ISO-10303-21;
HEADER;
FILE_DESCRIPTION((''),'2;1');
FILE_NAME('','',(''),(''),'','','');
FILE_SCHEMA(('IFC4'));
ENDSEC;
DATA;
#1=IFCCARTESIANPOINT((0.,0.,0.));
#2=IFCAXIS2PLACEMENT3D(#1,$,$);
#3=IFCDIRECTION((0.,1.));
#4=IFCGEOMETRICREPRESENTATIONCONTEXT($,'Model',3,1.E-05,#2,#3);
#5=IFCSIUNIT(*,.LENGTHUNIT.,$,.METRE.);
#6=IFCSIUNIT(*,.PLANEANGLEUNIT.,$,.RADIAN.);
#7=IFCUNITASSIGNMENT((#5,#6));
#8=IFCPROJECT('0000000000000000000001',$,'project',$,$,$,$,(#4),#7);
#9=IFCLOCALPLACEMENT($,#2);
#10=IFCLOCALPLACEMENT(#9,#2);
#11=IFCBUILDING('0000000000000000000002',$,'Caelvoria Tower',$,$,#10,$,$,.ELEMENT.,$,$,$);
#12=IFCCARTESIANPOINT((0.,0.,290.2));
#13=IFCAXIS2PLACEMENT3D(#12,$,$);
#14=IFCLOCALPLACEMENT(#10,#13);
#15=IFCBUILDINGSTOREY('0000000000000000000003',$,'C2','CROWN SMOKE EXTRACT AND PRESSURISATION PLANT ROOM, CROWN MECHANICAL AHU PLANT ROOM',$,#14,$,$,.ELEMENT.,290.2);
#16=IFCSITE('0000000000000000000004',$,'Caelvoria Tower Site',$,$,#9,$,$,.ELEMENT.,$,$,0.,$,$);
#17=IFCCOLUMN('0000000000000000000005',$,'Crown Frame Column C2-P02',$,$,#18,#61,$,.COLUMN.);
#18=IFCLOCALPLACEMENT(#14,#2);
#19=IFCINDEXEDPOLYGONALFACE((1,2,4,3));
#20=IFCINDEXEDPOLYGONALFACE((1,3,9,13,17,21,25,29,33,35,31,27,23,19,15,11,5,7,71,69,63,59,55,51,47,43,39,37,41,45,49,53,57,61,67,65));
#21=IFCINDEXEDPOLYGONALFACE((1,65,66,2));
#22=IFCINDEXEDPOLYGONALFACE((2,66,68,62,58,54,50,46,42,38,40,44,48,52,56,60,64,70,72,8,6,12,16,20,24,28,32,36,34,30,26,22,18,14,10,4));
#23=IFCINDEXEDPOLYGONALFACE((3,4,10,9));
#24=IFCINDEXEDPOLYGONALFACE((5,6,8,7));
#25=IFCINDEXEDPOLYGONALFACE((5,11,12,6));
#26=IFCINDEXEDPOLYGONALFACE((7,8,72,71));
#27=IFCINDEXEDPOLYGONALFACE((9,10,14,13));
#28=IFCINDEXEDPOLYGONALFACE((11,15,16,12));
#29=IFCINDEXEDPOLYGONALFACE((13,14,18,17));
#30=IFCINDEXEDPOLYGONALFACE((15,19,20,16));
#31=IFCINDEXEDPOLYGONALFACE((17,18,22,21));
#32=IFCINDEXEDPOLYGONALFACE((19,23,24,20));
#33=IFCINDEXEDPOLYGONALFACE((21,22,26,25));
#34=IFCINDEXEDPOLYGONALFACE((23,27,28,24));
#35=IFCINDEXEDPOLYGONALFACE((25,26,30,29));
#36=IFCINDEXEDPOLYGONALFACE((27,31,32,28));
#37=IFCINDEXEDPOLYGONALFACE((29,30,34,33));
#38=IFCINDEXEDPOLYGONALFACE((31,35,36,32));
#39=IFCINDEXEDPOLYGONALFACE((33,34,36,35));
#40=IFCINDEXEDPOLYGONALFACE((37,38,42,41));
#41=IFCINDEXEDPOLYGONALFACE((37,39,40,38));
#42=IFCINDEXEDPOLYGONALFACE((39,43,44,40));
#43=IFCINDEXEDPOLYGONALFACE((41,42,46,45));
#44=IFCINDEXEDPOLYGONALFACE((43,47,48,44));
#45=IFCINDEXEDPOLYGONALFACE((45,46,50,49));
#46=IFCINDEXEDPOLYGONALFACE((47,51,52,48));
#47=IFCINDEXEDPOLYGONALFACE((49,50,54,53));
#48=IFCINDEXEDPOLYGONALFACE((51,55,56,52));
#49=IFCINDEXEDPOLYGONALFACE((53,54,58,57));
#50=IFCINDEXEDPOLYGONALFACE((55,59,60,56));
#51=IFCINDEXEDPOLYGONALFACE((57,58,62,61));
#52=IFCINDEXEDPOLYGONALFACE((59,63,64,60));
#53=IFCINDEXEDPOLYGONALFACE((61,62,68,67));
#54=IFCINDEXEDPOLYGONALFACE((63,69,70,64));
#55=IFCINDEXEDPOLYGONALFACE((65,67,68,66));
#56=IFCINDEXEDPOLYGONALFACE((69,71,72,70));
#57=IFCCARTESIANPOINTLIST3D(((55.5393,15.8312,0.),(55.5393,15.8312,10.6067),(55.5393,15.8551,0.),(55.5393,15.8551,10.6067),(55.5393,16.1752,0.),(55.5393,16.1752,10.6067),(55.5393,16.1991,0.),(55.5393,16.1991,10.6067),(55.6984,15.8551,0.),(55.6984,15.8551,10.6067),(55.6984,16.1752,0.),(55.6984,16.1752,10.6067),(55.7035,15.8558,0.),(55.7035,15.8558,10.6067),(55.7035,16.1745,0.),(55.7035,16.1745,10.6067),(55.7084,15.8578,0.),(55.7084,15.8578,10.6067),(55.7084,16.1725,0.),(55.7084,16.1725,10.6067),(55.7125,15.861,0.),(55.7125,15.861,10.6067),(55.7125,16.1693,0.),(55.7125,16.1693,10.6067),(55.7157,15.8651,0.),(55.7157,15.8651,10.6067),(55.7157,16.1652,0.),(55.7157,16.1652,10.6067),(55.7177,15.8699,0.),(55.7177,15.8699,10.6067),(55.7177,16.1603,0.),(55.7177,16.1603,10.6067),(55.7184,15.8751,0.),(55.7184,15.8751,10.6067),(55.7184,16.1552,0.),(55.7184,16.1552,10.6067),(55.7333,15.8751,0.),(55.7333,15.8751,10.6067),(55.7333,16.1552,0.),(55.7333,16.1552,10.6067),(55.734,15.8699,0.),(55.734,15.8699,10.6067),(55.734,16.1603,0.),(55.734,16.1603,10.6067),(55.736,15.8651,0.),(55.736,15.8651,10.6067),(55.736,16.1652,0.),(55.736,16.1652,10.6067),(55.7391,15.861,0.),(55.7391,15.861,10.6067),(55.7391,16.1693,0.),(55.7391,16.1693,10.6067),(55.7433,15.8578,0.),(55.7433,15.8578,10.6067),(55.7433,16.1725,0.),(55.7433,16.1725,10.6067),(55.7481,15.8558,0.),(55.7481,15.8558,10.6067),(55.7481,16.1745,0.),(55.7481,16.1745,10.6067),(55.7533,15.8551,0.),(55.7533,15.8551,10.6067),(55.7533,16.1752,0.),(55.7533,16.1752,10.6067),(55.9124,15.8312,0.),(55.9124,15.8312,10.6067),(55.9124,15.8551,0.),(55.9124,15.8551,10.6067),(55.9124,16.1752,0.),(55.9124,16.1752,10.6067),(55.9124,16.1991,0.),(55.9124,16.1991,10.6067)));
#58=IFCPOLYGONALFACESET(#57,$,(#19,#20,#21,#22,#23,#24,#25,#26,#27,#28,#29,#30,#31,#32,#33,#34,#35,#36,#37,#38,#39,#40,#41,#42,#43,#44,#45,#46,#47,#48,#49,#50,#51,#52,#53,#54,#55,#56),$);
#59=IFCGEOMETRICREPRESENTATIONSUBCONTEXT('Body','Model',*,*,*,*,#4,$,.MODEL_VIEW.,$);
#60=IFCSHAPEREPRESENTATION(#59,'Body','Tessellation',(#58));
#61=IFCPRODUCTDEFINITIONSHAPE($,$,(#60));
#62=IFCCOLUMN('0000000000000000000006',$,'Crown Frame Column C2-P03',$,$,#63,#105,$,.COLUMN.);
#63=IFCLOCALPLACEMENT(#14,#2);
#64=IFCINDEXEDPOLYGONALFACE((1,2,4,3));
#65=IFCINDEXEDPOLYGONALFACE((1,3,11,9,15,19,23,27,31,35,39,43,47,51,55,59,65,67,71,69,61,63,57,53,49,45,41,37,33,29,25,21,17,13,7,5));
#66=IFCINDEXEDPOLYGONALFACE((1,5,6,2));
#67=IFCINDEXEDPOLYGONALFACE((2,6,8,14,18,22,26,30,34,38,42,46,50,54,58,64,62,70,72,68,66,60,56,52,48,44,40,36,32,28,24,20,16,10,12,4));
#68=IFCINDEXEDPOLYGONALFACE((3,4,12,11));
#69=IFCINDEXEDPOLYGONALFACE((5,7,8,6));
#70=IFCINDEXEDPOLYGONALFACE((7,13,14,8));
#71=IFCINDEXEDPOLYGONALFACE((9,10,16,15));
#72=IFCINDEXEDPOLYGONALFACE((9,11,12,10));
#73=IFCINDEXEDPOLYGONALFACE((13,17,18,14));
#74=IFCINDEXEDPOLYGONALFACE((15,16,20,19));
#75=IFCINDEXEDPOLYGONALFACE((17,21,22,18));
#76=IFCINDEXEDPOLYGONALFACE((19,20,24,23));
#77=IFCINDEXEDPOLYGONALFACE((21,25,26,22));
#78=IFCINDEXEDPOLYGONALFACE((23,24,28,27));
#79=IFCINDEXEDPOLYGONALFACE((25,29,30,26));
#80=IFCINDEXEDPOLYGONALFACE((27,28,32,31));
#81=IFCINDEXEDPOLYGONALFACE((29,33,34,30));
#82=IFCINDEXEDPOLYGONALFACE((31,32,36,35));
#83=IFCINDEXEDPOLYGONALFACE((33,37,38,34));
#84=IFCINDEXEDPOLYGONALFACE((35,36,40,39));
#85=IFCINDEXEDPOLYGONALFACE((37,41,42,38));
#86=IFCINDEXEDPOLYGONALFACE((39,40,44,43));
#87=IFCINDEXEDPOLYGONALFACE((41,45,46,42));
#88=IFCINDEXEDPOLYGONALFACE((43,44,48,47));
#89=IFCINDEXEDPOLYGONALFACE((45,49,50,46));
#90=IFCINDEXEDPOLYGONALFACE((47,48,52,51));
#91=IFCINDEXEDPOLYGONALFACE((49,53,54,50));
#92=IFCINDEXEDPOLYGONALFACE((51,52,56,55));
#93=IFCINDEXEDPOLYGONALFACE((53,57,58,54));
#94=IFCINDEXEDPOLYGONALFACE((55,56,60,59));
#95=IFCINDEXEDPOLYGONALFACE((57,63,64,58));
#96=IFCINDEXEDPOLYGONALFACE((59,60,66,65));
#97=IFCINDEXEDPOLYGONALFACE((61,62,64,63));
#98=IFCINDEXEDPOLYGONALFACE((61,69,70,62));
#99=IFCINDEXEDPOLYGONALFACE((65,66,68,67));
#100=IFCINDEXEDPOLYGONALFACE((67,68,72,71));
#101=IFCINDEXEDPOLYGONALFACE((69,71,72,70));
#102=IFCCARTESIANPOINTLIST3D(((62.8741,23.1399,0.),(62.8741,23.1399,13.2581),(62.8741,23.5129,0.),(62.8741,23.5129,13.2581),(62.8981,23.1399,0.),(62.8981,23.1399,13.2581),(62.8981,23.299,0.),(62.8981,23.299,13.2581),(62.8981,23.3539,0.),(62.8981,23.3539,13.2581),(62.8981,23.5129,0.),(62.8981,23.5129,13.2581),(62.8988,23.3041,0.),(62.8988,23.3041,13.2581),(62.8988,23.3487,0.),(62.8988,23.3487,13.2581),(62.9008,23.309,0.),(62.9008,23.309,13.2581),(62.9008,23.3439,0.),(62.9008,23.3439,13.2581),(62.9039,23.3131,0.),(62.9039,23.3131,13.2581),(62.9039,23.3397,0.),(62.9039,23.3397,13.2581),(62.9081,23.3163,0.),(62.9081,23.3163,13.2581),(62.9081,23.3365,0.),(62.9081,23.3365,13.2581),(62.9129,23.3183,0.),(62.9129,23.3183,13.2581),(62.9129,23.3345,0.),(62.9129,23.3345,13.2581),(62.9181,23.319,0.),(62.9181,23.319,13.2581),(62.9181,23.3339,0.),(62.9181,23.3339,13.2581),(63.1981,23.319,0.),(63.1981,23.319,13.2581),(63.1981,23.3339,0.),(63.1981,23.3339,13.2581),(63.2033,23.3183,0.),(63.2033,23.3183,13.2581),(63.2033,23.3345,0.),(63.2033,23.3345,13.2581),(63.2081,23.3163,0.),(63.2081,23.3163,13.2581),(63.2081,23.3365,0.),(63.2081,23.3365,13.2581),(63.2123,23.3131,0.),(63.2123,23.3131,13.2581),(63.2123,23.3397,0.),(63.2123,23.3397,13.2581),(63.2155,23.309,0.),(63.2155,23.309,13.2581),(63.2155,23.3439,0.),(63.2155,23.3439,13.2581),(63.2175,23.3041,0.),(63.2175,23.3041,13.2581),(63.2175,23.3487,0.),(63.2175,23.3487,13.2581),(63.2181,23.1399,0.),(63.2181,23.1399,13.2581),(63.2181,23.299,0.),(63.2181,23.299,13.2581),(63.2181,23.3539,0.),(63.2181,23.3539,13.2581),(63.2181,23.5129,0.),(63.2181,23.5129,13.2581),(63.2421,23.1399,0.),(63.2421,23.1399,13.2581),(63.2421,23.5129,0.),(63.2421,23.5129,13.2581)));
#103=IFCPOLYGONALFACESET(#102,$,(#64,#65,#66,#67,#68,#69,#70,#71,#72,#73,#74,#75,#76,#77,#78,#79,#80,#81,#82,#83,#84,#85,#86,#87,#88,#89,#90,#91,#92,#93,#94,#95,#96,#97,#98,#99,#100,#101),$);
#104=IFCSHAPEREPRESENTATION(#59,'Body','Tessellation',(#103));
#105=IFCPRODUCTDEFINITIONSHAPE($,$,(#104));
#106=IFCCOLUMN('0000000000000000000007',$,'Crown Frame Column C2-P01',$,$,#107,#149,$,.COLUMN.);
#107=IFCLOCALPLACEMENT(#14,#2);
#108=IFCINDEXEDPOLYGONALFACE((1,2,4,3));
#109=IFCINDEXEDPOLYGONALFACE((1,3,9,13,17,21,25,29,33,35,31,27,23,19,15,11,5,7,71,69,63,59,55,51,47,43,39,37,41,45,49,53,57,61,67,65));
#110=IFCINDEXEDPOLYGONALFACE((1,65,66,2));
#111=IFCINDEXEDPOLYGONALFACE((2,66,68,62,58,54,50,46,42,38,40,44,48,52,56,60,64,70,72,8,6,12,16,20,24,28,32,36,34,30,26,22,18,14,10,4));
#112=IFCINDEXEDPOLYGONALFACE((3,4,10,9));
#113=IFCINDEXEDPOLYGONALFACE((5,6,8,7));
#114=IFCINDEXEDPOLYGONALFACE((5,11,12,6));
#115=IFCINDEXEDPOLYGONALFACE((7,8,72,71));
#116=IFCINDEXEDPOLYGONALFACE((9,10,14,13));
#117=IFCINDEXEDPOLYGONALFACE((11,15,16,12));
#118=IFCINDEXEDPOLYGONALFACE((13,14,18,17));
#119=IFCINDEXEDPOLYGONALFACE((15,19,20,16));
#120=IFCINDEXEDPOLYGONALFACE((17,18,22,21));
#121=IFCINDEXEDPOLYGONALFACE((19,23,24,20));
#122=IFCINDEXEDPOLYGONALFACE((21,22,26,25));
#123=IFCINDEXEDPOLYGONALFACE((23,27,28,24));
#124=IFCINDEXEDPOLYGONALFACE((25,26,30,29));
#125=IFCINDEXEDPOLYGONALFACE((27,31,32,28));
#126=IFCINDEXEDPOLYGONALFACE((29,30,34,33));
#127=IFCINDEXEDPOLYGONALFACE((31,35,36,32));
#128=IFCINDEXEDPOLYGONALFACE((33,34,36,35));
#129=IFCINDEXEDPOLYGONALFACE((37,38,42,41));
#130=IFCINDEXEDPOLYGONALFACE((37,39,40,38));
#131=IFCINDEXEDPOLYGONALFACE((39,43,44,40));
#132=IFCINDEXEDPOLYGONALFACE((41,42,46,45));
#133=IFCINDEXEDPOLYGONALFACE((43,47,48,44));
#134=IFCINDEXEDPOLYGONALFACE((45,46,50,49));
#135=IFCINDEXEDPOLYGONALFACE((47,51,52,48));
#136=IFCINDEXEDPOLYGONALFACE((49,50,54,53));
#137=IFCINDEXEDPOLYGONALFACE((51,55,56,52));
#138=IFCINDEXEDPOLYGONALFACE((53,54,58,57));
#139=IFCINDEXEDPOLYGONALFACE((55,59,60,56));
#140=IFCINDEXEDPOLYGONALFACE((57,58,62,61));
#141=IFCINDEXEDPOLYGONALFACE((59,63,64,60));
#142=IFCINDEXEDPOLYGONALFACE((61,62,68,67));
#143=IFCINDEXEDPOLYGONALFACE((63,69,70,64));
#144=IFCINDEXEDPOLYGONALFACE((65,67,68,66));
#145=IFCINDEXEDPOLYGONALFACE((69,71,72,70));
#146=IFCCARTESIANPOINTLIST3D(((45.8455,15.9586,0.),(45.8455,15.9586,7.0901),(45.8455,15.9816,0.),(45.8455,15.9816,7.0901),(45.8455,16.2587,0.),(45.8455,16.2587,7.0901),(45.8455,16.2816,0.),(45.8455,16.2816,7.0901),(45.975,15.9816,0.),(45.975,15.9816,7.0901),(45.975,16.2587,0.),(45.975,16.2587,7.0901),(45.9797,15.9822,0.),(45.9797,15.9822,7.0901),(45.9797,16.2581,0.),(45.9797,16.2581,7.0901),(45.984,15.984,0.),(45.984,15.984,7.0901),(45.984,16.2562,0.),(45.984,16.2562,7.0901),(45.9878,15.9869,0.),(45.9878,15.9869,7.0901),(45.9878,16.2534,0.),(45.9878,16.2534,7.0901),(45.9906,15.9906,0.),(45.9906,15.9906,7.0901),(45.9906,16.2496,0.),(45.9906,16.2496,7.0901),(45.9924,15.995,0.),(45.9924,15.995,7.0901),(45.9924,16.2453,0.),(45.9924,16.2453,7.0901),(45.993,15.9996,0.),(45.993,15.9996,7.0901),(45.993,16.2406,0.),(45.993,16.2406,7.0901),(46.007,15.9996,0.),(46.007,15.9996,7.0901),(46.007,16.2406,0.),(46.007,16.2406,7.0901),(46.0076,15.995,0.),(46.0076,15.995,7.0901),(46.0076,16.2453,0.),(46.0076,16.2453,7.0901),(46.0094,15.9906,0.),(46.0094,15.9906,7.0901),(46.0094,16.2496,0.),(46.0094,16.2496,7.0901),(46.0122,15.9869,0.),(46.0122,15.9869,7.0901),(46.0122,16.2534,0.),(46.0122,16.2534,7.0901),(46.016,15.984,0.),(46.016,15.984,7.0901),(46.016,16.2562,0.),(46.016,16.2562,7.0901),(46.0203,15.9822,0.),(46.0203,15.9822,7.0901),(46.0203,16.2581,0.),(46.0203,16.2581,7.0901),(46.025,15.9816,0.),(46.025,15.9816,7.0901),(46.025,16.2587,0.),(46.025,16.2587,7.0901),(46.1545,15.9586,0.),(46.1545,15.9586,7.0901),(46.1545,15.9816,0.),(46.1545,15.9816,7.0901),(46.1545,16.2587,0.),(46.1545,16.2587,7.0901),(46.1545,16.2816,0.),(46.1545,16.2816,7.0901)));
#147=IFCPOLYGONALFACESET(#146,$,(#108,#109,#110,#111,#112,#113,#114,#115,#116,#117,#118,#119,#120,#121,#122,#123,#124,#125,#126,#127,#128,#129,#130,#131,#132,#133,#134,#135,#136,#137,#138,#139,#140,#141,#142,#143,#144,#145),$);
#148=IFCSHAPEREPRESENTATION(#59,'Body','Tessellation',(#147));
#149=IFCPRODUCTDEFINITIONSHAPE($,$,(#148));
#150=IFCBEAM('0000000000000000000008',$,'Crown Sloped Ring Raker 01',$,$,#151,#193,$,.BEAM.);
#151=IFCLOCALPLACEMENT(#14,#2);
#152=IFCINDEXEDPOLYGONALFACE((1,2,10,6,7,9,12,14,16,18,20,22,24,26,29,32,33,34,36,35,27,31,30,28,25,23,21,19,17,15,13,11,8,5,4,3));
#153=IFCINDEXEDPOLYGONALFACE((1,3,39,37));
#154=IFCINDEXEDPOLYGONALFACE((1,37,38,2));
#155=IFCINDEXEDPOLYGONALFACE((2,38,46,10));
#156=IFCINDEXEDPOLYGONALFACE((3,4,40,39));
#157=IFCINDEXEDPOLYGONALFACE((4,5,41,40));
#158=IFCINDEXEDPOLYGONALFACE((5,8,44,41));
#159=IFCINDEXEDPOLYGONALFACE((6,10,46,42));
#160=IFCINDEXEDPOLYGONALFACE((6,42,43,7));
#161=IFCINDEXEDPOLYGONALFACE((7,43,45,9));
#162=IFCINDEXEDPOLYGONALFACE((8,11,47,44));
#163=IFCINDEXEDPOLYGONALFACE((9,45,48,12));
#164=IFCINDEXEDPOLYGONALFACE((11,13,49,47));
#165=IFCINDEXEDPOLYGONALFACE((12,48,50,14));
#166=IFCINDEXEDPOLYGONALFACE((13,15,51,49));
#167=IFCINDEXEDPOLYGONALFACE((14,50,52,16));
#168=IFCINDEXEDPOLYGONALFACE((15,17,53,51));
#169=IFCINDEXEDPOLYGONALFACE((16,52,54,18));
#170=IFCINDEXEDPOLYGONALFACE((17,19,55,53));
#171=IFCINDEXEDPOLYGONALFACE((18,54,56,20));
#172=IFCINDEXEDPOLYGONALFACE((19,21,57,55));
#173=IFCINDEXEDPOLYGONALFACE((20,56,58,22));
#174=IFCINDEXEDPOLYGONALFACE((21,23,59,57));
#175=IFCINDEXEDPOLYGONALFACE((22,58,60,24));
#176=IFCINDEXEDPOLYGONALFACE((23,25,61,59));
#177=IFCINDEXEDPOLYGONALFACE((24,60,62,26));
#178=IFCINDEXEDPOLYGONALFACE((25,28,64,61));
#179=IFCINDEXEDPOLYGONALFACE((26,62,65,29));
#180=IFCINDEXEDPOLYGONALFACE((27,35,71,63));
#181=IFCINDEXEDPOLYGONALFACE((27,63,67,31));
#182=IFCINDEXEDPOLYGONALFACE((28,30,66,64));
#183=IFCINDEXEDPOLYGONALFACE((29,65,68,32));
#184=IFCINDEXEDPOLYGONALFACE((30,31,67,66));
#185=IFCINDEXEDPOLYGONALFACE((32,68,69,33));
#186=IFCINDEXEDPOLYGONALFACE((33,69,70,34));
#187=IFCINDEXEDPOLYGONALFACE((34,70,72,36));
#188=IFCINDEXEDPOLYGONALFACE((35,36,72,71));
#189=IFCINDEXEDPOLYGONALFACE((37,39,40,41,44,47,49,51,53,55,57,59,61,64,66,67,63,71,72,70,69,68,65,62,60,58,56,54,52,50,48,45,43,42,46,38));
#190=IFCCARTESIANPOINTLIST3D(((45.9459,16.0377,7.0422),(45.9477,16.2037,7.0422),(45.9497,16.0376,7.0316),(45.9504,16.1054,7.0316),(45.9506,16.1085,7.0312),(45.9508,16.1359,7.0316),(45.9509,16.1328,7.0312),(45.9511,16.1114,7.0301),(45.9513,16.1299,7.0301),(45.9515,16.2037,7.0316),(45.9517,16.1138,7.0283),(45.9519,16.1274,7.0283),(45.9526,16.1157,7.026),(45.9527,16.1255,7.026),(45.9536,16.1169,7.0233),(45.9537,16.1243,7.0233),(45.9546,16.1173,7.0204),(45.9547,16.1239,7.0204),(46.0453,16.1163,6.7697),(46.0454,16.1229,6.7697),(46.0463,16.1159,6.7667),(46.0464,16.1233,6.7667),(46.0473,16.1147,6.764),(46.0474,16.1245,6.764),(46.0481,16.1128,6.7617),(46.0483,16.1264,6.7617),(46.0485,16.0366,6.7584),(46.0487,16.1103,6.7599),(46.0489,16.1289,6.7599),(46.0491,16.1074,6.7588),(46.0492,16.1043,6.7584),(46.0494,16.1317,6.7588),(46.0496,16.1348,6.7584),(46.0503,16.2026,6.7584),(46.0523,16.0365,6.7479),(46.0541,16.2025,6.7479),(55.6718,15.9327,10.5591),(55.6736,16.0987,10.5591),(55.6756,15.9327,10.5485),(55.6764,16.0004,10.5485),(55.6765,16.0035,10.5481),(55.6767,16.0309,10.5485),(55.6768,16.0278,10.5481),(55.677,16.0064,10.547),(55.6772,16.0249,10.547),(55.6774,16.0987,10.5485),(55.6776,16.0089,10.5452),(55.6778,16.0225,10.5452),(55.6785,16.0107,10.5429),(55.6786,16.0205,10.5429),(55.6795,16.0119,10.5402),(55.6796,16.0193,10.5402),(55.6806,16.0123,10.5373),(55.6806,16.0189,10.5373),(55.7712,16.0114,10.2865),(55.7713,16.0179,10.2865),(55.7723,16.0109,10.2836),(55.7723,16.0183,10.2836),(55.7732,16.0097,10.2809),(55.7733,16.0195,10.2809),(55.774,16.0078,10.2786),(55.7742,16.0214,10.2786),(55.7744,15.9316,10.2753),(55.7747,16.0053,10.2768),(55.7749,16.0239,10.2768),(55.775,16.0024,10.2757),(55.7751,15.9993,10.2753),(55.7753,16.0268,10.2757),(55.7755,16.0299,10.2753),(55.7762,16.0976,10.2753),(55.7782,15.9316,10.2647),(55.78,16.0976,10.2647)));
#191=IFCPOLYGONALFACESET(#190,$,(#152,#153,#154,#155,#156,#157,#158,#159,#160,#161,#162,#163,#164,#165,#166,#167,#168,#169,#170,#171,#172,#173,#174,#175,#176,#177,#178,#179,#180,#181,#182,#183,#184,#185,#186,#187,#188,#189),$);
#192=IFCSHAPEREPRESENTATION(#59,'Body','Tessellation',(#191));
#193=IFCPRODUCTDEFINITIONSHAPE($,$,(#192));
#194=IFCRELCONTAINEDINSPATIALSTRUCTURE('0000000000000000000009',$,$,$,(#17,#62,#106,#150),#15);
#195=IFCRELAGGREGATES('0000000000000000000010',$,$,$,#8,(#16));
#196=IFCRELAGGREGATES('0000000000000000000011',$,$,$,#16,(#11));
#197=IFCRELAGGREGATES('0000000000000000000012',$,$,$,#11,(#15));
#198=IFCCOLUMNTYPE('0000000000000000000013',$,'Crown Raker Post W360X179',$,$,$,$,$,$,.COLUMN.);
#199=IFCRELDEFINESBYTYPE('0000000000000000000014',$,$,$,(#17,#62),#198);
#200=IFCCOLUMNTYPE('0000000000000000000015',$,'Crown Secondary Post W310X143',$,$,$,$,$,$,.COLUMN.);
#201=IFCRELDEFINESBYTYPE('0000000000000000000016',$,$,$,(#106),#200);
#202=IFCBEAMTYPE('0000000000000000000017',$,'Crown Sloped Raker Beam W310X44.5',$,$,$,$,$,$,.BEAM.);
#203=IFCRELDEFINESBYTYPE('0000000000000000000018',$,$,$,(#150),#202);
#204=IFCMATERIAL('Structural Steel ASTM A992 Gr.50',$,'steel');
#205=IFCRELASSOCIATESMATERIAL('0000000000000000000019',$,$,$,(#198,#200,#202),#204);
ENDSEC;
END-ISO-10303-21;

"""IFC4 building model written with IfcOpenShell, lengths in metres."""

from ifc_helpers import new_model, si_unit, direction, frame, origin, origin_2d, place, context, subcontext, project, spatial, i_section, extrude, material, material_profile, profile_set, type_object, element, save


model = new_model("IFC4")

# Units and contexts
model_context = context("Model", 3, precision=1e-05, world=origin(), true_north=direction((0.0, 1.0)))
body_context = subcontext(model_context, "Body", "Model", "MODEL_VIEW")
ifc_project = project(units=[si_unit("LENGTHUNIT", "METRE"), si_unit("PLANEANGLEUNIT", "RADIAN")], contexts=[model_context])

# Site, building, storey
site_placement = place(None, origin())
site = spatial("IfcSite", under=ifc_project, at=site_placement, Name="Caelvoria Tower Site", CompositionType="ELEMENT", RefElevation=0.0)
building_placement = place(site_placement, origin())
building = spatial("IfcBuilding", under=site, at=building_placement, Name="Caelvoria Tower", CompositionType="ELEMENT")
storey_placement = place(building_placement, frame((0.0, 0.0, 290.2)))
storey = spatial("IfcBuildingStorey", under=building, at=storey_placement, Name="C2", Description="CROWN SMOKE EXTRACT AND PRESSURISATION PLANT ROOM, CROWN MECHANICAL AHU PLANT ROOM", CompositionType="ELEMENT", Elevation=290.2)

# Columns
ifc_material_1 = material(Name="Structural Steel ASTM A992 Gr.50", Category="steel")
ifc_material_profile_1 = material_profile(ifc_material_1, i_section(OverallWidth=0.373, OverallDepth=0.3679, WebThickness=0.0149, FlangeThickness=0.0239, FilletRadius=0.02, at=origin_2d()), Name="Structural Steel ASTM A992 Gr.50")
ifc_profile_set_1 = profile_set([ifc_material_profile_1], Name="W360X179 - Structural Steel ASTM A992 Gr.50")
column_type_1 = type_object("IfcColumnType", Name="Crown Raker Post W360X179", PredefinedType="COLUMN", material=ifc_profile_set_1)
column_1_placement = place(storey_placement, frame((55.7258, 16.0151, 0.0), z_axis=(0.0, 0.0, 1.0), x_axis=(1.0, 0.0, 0.0)))
element("IfcColumn", 1, at=column_1_placement, inside=storey, type_object=column_type_1, Name="Crown Frame Column C2-P02", PredefinedType="COLUMN", context=body_context, shape_type="SweptSolid", body=[
    extrude(i_section(OverallWidth=0.373, OverallDepth=0.3679, WebThickness=0.0149, FlangeThickness=0.0239, FilletRadius=0.02, at=origin_2d()), origin(), (0.0, 0.0, 1.0), 10.6067),
])
column_2_placement = place(storey_placement, frame((63.0581, 23.3264, 0.0), z_axis=(0.0, 0.0, 1.0), x_axis=(0.0, 1.0, 0.0)))
element("IfcColumn", 2, at=column_2_placement, inside=storey, type_object=column_type_1, Name="Crown Frame Column C2-P03", PredefinedType="COLUMN", context=body_context, shape_type="SweptSolid", body=[
    extrude(i_section(OverallWidth=0.373, OverallDepth=0.3679, WebThickness=0.0149, FlangeThickness=0.0239, FilletRadius=0.02, at=origin_2d()), origin(), (0.0, 0.0, 1.0), 13.2581),
])
ifc_material_profile_2 = material_profile(ifc_material_1, i_section(OverallWidth=0.3091, OverallDepth=0.323, WebThickness=0.0139, FlangeThickness=0.0229, FilletRadius=0.0181, at=origin_2d()), Name="Structural Steel ASTM A992 Gr.50")
ifc_profile_set_2 = profile_set([ifc_material_profile_2], Name="W310X143 - Structural Steel ASTM A992 Gr.50")
column_type_2 = type_object("IfcColumnType", Name="Crown Secondary Post W310X143", PredefinedType="COLUMN", material=ifc_profile_set_2)
column_3_placement = place(storey_placement, frame((46.0, 16.1201, 0.0), z_axis=(0.0, 0.0, 1.0), x_axis=(1.0, 0.0, 0.0)))
element("IfcColumn", 3, at=column_3_placement, inside=storey, type_object=column_type_2, Name="Crown Frame Column C2-P01", PredefinedType="COLUMN", context=body_context, shape_type="SweptSolid", body=[
    extrude(i_section(OverallWidth=0.3091, OverallDepth=0.323, WebThickness=0.0139, FlangeThickness=0.0229, FilletRadius=0.0181, at=origin_2d()), origin(), (0.0, 0.0, 1.0), 7.0901),
])

# Beam
ifc_material_profile_3 = material_profile(ifc_material_1, i_section(OverallWidth=0.166, OverallDepth=0.313, WebThickness=0.0066, FlangeThickness=0.0112, FilletRadius=0.012, at=origin_2d()), Name="Structural Steel ASTM A992 Gr.50")
ifc_profile_set_3 = profile_set([ifc_material_profile_3], Name="W310X44.5 - Structural Steel ASTM A992 Gr.50")
beam_type = type_object("IfcBeamType", Name="Crown Sloped Raker Beam W310X44.5", PredefinedType="BEAM", material=ifc_profile_set_3)
beam_1_placement = place(storey_placement, frame((46.0, 16.1201, 6.895), z_axis=(0.940359, -0.01015, 0.340032), x_axis=(0.010793, 0.999942, 0.0)))
element("IfcBeam", 4, at=beam_1_placement, inside=storey, type_object=beam_type, Name="Crown Sloped Ring Raker 01", PredefinedType="BEAM", context=body_context, shape_type="SweptSolid", body=[
    extrude(i_section(OverallWidth=0.166, OverallDepth=0.313, WebThickness=0.0066, FlangeThickness=0.0112, FilletRadius=0.012, at=origin_2d()), origin(), (0.0, 0.0, 1.0), 10.3428),
])

save(model, "model.ifc")
